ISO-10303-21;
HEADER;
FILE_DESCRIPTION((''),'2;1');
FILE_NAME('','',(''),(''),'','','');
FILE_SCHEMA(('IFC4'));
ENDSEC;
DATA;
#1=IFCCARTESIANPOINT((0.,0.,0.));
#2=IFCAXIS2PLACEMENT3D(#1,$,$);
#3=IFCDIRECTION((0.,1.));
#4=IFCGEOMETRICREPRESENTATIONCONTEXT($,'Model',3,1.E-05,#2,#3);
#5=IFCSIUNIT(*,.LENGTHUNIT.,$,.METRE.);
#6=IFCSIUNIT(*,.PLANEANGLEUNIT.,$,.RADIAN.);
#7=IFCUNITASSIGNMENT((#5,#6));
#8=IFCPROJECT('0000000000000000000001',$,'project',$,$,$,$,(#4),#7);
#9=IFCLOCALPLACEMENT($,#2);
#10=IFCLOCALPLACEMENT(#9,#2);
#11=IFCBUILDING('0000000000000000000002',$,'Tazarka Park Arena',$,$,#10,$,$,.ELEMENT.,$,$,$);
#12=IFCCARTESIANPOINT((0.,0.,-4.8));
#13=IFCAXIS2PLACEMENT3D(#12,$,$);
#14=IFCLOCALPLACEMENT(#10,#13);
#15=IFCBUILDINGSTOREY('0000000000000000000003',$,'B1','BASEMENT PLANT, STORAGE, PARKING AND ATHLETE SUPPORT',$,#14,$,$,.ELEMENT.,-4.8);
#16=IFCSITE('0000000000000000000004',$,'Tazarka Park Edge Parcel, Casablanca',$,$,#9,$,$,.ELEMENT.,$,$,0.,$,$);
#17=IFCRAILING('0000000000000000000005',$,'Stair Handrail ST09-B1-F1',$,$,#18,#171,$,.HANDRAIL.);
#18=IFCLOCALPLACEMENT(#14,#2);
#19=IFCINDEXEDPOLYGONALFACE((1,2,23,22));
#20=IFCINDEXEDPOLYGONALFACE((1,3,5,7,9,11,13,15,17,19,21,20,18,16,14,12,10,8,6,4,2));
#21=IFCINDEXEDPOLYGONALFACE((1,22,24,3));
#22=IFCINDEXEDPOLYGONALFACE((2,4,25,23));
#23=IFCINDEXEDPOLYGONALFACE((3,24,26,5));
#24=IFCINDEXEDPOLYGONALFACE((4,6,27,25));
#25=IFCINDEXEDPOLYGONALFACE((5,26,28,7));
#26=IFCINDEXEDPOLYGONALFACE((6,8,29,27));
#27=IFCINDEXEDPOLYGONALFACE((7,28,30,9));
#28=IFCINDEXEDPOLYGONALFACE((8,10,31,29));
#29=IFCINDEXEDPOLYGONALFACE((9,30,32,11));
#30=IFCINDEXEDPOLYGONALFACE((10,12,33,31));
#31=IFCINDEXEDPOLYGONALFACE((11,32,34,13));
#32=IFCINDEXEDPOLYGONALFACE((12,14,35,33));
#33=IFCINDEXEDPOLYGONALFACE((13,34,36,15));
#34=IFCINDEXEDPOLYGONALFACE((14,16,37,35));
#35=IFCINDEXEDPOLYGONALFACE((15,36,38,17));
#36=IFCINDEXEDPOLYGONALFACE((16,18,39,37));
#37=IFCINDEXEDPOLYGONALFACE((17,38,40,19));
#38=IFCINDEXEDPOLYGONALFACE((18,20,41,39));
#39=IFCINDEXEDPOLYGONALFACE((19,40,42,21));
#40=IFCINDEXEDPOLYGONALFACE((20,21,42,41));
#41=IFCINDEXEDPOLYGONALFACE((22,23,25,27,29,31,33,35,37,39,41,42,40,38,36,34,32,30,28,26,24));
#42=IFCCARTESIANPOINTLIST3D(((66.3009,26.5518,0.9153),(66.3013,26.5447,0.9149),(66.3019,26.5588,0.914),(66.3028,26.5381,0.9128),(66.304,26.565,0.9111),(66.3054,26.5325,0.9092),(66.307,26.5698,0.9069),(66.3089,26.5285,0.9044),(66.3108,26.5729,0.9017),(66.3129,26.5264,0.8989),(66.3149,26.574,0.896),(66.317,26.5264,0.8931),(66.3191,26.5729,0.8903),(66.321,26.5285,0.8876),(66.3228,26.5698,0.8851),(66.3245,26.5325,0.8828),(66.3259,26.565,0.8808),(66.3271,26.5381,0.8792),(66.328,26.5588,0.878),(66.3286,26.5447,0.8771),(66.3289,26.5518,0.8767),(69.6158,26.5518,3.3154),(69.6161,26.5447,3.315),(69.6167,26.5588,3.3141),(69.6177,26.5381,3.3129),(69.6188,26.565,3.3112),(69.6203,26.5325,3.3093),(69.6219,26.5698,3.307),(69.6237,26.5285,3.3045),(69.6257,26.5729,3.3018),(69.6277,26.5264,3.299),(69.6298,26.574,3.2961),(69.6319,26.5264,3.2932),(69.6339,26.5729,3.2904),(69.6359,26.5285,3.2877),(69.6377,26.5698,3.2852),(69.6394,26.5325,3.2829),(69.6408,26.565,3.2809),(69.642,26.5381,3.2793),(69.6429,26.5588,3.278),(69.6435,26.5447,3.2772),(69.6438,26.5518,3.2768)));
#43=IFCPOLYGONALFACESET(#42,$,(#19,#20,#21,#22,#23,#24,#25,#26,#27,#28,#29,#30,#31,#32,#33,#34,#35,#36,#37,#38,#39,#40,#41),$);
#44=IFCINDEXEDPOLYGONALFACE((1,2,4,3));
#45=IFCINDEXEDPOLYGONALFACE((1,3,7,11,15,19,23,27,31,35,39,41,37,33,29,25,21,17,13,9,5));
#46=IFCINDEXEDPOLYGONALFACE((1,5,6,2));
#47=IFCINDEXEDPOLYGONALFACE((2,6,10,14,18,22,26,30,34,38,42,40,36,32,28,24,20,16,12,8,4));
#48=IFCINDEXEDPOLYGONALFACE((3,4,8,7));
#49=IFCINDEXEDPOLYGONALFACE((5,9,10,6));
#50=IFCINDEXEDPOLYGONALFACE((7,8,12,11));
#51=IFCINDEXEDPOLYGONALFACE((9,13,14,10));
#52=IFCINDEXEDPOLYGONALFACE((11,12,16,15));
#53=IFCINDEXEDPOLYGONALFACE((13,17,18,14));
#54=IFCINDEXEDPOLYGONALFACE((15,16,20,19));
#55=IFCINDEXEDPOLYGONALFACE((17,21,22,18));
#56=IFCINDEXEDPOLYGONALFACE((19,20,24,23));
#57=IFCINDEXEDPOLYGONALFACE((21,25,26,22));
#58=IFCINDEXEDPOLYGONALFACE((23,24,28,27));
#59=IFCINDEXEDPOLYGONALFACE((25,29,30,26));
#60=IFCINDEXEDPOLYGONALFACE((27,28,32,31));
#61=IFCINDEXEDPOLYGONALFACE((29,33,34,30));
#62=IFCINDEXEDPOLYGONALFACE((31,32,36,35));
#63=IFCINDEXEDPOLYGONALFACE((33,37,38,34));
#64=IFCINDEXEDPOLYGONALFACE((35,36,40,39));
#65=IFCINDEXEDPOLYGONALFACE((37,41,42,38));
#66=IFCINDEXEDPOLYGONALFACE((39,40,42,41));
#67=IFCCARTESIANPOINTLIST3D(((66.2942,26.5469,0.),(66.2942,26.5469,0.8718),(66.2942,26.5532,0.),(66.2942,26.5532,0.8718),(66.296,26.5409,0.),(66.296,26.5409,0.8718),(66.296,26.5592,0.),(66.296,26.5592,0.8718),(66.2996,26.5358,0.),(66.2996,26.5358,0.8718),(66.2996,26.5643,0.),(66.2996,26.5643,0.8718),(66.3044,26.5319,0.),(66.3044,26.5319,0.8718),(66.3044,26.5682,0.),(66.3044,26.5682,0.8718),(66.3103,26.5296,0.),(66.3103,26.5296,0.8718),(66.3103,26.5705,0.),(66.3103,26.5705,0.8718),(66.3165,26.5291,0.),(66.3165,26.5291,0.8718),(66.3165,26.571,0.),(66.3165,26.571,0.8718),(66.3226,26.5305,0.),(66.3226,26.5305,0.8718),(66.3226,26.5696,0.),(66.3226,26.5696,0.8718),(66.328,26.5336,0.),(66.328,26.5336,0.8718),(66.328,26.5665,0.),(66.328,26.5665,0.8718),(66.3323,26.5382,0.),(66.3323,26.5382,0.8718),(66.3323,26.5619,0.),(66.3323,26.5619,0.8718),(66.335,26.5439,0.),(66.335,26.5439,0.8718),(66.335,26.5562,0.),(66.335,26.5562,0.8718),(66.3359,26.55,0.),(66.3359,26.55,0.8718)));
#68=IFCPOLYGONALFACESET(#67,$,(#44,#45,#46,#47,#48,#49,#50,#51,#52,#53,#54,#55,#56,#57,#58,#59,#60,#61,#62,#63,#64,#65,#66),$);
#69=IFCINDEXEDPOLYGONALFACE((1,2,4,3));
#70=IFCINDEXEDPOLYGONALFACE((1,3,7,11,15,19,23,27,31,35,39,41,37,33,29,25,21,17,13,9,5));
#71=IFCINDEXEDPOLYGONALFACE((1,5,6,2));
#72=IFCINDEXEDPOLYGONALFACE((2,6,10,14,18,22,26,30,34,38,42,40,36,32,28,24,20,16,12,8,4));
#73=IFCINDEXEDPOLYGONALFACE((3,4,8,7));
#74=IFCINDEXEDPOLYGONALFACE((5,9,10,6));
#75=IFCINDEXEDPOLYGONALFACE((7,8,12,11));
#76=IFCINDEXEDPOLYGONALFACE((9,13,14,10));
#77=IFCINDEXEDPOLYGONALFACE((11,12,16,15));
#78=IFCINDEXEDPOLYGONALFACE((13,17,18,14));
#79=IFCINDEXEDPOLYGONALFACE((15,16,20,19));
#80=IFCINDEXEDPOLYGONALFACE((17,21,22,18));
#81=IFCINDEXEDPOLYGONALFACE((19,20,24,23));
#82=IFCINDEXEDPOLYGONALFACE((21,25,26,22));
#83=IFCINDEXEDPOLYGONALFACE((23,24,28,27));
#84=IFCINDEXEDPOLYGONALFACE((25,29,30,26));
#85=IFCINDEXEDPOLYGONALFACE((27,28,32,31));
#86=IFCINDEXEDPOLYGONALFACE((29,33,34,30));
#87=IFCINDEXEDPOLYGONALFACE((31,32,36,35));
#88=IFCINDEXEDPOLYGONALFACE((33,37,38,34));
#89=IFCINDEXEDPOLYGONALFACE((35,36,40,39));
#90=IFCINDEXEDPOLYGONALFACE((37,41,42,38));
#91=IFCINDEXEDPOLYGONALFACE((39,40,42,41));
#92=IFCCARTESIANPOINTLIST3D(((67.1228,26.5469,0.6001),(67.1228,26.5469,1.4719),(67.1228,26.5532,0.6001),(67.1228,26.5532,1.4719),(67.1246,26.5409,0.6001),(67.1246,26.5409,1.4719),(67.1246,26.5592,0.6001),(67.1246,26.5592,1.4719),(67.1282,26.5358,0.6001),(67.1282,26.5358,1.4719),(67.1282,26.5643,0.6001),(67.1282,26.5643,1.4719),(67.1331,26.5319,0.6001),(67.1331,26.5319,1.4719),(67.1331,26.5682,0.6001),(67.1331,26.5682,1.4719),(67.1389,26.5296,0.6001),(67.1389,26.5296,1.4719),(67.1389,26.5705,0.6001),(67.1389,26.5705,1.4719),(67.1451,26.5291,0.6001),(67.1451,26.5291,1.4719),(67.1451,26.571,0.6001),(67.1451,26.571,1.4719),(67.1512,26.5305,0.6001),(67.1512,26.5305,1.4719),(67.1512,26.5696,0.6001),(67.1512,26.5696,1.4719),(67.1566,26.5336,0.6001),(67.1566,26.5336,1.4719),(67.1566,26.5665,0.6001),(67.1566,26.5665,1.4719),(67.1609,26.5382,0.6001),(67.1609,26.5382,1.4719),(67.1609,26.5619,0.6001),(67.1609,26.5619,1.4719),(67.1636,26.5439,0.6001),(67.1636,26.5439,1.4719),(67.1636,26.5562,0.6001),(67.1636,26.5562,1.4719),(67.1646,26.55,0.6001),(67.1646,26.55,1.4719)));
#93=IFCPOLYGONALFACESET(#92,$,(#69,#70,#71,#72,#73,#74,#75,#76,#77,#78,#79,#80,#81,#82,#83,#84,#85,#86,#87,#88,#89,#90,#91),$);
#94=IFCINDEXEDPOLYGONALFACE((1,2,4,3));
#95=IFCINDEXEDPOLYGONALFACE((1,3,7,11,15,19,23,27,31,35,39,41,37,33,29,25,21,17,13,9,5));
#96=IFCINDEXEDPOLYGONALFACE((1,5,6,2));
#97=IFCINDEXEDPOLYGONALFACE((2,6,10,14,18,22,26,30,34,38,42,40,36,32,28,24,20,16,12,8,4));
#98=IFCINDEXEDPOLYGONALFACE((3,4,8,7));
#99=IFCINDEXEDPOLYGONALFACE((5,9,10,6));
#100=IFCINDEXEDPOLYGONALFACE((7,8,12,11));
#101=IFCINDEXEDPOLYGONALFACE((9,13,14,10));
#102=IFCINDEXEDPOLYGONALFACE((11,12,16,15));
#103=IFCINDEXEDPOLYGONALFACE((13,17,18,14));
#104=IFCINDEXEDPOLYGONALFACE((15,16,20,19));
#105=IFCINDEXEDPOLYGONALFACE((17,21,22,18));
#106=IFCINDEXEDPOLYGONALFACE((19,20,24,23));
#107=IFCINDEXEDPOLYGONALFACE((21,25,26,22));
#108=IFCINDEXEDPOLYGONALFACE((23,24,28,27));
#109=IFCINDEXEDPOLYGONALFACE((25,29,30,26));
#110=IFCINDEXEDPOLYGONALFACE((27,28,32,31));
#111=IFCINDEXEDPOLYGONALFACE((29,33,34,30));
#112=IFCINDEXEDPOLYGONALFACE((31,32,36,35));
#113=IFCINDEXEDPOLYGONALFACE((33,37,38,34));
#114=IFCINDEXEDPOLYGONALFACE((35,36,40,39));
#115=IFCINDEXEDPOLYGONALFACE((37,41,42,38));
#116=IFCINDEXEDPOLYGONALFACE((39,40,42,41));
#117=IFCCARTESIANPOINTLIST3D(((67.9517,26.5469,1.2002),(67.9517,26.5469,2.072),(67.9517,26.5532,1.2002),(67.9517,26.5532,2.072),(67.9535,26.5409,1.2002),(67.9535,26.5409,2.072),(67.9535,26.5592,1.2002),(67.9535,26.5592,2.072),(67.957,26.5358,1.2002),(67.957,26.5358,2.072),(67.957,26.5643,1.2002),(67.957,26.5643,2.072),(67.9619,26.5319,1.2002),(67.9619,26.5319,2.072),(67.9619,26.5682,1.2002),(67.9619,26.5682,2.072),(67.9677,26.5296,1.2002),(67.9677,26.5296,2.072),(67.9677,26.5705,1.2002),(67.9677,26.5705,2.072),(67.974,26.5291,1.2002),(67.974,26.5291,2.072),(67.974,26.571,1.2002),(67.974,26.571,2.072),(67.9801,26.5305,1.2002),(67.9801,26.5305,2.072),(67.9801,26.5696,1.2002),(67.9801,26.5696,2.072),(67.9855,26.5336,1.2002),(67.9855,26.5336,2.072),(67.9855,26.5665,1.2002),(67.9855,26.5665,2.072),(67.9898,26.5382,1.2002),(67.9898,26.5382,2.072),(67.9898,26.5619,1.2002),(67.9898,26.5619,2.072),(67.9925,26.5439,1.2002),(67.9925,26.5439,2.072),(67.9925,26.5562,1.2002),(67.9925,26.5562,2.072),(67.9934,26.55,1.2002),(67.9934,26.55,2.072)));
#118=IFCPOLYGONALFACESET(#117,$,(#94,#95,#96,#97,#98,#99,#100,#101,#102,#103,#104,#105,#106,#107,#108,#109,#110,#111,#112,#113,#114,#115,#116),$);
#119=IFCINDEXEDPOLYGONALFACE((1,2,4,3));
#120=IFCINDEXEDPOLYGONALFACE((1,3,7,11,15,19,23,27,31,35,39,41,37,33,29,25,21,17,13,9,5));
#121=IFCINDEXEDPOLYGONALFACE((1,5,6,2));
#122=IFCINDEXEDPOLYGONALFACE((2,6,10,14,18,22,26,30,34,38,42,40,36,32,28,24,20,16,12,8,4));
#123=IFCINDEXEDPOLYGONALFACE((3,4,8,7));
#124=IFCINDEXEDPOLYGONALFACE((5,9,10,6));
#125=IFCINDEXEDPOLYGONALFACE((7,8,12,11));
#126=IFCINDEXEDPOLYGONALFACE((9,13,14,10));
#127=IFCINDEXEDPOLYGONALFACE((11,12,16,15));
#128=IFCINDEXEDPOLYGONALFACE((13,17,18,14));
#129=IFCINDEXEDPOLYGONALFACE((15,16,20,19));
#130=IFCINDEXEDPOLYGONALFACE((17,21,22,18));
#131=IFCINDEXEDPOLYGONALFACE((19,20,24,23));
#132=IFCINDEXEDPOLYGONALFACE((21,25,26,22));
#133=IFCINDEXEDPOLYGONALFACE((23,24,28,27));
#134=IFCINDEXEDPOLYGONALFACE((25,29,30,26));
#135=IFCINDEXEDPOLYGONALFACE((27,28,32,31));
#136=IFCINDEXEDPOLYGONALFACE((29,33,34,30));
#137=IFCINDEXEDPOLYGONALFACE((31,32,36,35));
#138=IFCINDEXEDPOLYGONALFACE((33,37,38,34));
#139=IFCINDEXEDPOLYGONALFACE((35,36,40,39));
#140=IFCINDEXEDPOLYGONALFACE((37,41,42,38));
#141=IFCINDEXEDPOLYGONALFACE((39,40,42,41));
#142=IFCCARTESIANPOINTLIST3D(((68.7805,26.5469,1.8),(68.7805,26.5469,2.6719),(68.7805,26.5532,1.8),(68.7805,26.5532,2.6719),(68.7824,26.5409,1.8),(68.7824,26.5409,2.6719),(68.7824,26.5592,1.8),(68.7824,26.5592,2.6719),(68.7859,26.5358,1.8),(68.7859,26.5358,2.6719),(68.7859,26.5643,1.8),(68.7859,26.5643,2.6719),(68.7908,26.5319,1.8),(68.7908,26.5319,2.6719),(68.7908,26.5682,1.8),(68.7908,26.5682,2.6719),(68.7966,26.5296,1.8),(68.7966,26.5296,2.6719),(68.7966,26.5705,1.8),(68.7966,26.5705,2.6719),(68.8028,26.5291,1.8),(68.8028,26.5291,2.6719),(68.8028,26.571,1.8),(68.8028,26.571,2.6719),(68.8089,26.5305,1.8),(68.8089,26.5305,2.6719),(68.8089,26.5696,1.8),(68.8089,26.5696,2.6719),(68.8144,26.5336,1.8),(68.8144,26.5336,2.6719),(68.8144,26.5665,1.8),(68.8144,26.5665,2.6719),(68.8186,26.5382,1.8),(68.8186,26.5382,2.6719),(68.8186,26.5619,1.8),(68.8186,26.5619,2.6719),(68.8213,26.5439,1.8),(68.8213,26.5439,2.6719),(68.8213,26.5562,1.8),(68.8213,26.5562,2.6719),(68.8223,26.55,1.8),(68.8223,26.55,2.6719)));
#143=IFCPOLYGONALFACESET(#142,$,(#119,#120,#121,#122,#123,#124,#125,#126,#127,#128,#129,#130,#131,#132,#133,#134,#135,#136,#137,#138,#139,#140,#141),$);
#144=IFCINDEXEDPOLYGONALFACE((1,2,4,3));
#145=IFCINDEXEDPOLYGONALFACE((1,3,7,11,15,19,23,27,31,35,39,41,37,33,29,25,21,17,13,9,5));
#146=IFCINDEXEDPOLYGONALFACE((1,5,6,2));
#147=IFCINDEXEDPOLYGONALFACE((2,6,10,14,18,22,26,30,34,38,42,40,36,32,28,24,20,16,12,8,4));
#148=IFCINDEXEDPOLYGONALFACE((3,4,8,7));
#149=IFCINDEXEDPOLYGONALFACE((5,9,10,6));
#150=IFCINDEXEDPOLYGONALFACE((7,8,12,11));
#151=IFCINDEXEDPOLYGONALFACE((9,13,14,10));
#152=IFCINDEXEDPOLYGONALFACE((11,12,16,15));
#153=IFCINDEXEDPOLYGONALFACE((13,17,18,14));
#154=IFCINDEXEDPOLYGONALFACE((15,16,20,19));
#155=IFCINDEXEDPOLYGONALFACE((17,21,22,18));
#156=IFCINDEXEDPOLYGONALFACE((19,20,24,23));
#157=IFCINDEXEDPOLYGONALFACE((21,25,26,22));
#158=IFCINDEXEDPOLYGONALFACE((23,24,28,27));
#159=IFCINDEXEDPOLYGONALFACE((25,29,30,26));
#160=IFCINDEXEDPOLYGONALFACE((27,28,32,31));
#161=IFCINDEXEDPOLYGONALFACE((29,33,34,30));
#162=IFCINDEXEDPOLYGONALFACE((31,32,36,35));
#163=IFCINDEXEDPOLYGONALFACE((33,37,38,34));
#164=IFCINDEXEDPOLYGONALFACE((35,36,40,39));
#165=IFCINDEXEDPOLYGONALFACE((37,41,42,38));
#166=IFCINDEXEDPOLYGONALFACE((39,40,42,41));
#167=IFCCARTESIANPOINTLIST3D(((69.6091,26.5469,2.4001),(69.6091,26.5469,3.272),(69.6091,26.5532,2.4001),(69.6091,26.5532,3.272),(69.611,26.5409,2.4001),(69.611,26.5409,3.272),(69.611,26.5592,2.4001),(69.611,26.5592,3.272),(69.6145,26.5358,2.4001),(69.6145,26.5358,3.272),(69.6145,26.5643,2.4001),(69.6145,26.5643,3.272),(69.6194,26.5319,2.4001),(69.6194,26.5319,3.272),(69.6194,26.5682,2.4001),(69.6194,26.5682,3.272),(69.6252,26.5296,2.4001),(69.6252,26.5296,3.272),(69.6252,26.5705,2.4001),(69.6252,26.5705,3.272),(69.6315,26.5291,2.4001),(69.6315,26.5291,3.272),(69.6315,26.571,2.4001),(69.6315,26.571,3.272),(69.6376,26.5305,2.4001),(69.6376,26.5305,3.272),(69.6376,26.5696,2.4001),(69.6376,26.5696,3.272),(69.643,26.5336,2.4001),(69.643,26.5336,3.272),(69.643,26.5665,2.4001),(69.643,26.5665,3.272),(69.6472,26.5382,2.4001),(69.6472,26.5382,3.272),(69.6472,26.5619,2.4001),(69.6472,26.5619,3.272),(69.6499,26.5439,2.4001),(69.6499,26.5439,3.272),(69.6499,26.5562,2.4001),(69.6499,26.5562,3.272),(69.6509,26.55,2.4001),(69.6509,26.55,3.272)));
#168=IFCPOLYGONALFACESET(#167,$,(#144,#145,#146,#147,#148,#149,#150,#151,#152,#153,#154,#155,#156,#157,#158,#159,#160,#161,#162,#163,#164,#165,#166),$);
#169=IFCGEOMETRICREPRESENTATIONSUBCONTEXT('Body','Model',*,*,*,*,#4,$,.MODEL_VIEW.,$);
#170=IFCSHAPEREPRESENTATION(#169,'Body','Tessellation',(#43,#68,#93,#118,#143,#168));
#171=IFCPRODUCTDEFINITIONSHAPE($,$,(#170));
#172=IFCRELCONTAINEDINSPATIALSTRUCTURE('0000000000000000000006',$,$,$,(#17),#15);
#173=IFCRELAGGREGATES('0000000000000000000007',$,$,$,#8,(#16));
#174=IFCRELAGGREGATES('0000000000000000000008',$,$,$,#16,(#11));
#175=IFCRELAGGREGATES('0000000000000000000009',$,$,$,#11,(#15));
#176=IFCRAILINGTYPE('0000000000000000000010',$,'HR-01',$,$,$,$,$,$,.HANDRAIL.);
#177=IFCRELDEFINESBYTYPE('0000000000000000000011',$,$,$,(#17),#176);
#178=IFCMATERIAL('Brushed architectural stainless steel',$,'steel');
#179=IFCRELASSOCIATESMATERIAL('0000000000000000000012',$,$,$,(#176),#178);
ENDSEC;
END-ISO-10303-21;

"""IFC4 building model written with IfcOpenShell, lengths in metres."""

from ifc_helpers import new_model, si_unit, direction, frame, origin, origin_2d, place, context, subcontext, project, spatial, circle, extrude, material, type_object, element, save


model = new_model("IFC4")

# Units and contexts
model_context = context("Model", 3, precision=1e-05, world=origin(), true_north=direction((0.0, 1.0)))
body_context = subcontext(model_context, "Body", "Model", "MODEL_VIEW")
ifc_project = project(units=[si_unit("LENGTHUNIT", "METRE"), si_unit("PLANEANGLEUNIT", "RADIAN")], contexts=[model_context])

# Site, building, storey
site_placement = place(None, origin())
site = spatial("IfcSite", under=ifc_project, at=site_placement, Name="Tazarka Park Edge Parcel, Casablanca", CompositionType="ELEMENT", RefElevation=0.0)
building_placement = place(site_placement, origin())
building = spatial("IfcBuilding", under=site, at=building_placement, Name="Tazarka Park Arena", CompositionType="ELEMENT")
storey_placement = place(building_placement, frame((0.0, 0.0, -4.8)))
storey = spatial("IfcBuildingStorey", under=building, at=storey_placement, Name="B1", Description="BASEMENT PLANT, STORAGE, PARKING AND ATHLETE SUPPORT", CompositionType="ELEMENT", Elevation=-4.8)

# Railing
ifc_material_1 = material(Name="Brushed architectural stainless steel", Category="steel")
railing_type_1 = type_object("IfcRailingType", Name="HR-01", PredefinedType="HANDRAIL", material=ifc_material_1)
railing_1_placement = place(storey_placement, frame((66.3149, 26.55, 0.0)))
element("IfcRailing", 1, at=railing_1_placement, inside=storey, type_object=railing_type_1, Name="Stair Handrail ST09-B1-F1", PredefinedType="HANDRAIL", context=body_context, shape_type="SweptSolid", body=[
    extrude(circle(Radius=0.0239, at=origin_2d()), frame((0.0, 0.0, 0.896), z_axis=(0.80998, 0.0, 0.586457), x_axis=(0.0, 1.0, 0.0)), (0.0, 0.0, 1.0), 4.0925),
    extrude(circle(Radius=0.021, at=origin_2d()), origin(), (0.0, 0.0, 1.0), 0.8718),
    extrude(circle(Radius=0.021, at=origin_2d()), frame((0.8286, 0.0, 0.6001)), (0.0, 0.0, 1.0), 0.8718),
    extrude(circle(Radius=0.021, at=origin_2d()), frame((1.6575, 0.0, 1.2002)), (0.0, 0.0, 1.0), 0.8718),
    extrude(circle(Radius=0.021, at=origin_2d()), frame((2.4863, 0.0, 1.8)), (0.0, 0.0, 1.0), 0.8718),
    extrude(circle(Radius=0.021, at=origin_2d()), frame((3.3149, 0.0, 2.4001)), (0.0, 0.0, 1.0), 0.8718),
])

save(model, "model.ifc")
